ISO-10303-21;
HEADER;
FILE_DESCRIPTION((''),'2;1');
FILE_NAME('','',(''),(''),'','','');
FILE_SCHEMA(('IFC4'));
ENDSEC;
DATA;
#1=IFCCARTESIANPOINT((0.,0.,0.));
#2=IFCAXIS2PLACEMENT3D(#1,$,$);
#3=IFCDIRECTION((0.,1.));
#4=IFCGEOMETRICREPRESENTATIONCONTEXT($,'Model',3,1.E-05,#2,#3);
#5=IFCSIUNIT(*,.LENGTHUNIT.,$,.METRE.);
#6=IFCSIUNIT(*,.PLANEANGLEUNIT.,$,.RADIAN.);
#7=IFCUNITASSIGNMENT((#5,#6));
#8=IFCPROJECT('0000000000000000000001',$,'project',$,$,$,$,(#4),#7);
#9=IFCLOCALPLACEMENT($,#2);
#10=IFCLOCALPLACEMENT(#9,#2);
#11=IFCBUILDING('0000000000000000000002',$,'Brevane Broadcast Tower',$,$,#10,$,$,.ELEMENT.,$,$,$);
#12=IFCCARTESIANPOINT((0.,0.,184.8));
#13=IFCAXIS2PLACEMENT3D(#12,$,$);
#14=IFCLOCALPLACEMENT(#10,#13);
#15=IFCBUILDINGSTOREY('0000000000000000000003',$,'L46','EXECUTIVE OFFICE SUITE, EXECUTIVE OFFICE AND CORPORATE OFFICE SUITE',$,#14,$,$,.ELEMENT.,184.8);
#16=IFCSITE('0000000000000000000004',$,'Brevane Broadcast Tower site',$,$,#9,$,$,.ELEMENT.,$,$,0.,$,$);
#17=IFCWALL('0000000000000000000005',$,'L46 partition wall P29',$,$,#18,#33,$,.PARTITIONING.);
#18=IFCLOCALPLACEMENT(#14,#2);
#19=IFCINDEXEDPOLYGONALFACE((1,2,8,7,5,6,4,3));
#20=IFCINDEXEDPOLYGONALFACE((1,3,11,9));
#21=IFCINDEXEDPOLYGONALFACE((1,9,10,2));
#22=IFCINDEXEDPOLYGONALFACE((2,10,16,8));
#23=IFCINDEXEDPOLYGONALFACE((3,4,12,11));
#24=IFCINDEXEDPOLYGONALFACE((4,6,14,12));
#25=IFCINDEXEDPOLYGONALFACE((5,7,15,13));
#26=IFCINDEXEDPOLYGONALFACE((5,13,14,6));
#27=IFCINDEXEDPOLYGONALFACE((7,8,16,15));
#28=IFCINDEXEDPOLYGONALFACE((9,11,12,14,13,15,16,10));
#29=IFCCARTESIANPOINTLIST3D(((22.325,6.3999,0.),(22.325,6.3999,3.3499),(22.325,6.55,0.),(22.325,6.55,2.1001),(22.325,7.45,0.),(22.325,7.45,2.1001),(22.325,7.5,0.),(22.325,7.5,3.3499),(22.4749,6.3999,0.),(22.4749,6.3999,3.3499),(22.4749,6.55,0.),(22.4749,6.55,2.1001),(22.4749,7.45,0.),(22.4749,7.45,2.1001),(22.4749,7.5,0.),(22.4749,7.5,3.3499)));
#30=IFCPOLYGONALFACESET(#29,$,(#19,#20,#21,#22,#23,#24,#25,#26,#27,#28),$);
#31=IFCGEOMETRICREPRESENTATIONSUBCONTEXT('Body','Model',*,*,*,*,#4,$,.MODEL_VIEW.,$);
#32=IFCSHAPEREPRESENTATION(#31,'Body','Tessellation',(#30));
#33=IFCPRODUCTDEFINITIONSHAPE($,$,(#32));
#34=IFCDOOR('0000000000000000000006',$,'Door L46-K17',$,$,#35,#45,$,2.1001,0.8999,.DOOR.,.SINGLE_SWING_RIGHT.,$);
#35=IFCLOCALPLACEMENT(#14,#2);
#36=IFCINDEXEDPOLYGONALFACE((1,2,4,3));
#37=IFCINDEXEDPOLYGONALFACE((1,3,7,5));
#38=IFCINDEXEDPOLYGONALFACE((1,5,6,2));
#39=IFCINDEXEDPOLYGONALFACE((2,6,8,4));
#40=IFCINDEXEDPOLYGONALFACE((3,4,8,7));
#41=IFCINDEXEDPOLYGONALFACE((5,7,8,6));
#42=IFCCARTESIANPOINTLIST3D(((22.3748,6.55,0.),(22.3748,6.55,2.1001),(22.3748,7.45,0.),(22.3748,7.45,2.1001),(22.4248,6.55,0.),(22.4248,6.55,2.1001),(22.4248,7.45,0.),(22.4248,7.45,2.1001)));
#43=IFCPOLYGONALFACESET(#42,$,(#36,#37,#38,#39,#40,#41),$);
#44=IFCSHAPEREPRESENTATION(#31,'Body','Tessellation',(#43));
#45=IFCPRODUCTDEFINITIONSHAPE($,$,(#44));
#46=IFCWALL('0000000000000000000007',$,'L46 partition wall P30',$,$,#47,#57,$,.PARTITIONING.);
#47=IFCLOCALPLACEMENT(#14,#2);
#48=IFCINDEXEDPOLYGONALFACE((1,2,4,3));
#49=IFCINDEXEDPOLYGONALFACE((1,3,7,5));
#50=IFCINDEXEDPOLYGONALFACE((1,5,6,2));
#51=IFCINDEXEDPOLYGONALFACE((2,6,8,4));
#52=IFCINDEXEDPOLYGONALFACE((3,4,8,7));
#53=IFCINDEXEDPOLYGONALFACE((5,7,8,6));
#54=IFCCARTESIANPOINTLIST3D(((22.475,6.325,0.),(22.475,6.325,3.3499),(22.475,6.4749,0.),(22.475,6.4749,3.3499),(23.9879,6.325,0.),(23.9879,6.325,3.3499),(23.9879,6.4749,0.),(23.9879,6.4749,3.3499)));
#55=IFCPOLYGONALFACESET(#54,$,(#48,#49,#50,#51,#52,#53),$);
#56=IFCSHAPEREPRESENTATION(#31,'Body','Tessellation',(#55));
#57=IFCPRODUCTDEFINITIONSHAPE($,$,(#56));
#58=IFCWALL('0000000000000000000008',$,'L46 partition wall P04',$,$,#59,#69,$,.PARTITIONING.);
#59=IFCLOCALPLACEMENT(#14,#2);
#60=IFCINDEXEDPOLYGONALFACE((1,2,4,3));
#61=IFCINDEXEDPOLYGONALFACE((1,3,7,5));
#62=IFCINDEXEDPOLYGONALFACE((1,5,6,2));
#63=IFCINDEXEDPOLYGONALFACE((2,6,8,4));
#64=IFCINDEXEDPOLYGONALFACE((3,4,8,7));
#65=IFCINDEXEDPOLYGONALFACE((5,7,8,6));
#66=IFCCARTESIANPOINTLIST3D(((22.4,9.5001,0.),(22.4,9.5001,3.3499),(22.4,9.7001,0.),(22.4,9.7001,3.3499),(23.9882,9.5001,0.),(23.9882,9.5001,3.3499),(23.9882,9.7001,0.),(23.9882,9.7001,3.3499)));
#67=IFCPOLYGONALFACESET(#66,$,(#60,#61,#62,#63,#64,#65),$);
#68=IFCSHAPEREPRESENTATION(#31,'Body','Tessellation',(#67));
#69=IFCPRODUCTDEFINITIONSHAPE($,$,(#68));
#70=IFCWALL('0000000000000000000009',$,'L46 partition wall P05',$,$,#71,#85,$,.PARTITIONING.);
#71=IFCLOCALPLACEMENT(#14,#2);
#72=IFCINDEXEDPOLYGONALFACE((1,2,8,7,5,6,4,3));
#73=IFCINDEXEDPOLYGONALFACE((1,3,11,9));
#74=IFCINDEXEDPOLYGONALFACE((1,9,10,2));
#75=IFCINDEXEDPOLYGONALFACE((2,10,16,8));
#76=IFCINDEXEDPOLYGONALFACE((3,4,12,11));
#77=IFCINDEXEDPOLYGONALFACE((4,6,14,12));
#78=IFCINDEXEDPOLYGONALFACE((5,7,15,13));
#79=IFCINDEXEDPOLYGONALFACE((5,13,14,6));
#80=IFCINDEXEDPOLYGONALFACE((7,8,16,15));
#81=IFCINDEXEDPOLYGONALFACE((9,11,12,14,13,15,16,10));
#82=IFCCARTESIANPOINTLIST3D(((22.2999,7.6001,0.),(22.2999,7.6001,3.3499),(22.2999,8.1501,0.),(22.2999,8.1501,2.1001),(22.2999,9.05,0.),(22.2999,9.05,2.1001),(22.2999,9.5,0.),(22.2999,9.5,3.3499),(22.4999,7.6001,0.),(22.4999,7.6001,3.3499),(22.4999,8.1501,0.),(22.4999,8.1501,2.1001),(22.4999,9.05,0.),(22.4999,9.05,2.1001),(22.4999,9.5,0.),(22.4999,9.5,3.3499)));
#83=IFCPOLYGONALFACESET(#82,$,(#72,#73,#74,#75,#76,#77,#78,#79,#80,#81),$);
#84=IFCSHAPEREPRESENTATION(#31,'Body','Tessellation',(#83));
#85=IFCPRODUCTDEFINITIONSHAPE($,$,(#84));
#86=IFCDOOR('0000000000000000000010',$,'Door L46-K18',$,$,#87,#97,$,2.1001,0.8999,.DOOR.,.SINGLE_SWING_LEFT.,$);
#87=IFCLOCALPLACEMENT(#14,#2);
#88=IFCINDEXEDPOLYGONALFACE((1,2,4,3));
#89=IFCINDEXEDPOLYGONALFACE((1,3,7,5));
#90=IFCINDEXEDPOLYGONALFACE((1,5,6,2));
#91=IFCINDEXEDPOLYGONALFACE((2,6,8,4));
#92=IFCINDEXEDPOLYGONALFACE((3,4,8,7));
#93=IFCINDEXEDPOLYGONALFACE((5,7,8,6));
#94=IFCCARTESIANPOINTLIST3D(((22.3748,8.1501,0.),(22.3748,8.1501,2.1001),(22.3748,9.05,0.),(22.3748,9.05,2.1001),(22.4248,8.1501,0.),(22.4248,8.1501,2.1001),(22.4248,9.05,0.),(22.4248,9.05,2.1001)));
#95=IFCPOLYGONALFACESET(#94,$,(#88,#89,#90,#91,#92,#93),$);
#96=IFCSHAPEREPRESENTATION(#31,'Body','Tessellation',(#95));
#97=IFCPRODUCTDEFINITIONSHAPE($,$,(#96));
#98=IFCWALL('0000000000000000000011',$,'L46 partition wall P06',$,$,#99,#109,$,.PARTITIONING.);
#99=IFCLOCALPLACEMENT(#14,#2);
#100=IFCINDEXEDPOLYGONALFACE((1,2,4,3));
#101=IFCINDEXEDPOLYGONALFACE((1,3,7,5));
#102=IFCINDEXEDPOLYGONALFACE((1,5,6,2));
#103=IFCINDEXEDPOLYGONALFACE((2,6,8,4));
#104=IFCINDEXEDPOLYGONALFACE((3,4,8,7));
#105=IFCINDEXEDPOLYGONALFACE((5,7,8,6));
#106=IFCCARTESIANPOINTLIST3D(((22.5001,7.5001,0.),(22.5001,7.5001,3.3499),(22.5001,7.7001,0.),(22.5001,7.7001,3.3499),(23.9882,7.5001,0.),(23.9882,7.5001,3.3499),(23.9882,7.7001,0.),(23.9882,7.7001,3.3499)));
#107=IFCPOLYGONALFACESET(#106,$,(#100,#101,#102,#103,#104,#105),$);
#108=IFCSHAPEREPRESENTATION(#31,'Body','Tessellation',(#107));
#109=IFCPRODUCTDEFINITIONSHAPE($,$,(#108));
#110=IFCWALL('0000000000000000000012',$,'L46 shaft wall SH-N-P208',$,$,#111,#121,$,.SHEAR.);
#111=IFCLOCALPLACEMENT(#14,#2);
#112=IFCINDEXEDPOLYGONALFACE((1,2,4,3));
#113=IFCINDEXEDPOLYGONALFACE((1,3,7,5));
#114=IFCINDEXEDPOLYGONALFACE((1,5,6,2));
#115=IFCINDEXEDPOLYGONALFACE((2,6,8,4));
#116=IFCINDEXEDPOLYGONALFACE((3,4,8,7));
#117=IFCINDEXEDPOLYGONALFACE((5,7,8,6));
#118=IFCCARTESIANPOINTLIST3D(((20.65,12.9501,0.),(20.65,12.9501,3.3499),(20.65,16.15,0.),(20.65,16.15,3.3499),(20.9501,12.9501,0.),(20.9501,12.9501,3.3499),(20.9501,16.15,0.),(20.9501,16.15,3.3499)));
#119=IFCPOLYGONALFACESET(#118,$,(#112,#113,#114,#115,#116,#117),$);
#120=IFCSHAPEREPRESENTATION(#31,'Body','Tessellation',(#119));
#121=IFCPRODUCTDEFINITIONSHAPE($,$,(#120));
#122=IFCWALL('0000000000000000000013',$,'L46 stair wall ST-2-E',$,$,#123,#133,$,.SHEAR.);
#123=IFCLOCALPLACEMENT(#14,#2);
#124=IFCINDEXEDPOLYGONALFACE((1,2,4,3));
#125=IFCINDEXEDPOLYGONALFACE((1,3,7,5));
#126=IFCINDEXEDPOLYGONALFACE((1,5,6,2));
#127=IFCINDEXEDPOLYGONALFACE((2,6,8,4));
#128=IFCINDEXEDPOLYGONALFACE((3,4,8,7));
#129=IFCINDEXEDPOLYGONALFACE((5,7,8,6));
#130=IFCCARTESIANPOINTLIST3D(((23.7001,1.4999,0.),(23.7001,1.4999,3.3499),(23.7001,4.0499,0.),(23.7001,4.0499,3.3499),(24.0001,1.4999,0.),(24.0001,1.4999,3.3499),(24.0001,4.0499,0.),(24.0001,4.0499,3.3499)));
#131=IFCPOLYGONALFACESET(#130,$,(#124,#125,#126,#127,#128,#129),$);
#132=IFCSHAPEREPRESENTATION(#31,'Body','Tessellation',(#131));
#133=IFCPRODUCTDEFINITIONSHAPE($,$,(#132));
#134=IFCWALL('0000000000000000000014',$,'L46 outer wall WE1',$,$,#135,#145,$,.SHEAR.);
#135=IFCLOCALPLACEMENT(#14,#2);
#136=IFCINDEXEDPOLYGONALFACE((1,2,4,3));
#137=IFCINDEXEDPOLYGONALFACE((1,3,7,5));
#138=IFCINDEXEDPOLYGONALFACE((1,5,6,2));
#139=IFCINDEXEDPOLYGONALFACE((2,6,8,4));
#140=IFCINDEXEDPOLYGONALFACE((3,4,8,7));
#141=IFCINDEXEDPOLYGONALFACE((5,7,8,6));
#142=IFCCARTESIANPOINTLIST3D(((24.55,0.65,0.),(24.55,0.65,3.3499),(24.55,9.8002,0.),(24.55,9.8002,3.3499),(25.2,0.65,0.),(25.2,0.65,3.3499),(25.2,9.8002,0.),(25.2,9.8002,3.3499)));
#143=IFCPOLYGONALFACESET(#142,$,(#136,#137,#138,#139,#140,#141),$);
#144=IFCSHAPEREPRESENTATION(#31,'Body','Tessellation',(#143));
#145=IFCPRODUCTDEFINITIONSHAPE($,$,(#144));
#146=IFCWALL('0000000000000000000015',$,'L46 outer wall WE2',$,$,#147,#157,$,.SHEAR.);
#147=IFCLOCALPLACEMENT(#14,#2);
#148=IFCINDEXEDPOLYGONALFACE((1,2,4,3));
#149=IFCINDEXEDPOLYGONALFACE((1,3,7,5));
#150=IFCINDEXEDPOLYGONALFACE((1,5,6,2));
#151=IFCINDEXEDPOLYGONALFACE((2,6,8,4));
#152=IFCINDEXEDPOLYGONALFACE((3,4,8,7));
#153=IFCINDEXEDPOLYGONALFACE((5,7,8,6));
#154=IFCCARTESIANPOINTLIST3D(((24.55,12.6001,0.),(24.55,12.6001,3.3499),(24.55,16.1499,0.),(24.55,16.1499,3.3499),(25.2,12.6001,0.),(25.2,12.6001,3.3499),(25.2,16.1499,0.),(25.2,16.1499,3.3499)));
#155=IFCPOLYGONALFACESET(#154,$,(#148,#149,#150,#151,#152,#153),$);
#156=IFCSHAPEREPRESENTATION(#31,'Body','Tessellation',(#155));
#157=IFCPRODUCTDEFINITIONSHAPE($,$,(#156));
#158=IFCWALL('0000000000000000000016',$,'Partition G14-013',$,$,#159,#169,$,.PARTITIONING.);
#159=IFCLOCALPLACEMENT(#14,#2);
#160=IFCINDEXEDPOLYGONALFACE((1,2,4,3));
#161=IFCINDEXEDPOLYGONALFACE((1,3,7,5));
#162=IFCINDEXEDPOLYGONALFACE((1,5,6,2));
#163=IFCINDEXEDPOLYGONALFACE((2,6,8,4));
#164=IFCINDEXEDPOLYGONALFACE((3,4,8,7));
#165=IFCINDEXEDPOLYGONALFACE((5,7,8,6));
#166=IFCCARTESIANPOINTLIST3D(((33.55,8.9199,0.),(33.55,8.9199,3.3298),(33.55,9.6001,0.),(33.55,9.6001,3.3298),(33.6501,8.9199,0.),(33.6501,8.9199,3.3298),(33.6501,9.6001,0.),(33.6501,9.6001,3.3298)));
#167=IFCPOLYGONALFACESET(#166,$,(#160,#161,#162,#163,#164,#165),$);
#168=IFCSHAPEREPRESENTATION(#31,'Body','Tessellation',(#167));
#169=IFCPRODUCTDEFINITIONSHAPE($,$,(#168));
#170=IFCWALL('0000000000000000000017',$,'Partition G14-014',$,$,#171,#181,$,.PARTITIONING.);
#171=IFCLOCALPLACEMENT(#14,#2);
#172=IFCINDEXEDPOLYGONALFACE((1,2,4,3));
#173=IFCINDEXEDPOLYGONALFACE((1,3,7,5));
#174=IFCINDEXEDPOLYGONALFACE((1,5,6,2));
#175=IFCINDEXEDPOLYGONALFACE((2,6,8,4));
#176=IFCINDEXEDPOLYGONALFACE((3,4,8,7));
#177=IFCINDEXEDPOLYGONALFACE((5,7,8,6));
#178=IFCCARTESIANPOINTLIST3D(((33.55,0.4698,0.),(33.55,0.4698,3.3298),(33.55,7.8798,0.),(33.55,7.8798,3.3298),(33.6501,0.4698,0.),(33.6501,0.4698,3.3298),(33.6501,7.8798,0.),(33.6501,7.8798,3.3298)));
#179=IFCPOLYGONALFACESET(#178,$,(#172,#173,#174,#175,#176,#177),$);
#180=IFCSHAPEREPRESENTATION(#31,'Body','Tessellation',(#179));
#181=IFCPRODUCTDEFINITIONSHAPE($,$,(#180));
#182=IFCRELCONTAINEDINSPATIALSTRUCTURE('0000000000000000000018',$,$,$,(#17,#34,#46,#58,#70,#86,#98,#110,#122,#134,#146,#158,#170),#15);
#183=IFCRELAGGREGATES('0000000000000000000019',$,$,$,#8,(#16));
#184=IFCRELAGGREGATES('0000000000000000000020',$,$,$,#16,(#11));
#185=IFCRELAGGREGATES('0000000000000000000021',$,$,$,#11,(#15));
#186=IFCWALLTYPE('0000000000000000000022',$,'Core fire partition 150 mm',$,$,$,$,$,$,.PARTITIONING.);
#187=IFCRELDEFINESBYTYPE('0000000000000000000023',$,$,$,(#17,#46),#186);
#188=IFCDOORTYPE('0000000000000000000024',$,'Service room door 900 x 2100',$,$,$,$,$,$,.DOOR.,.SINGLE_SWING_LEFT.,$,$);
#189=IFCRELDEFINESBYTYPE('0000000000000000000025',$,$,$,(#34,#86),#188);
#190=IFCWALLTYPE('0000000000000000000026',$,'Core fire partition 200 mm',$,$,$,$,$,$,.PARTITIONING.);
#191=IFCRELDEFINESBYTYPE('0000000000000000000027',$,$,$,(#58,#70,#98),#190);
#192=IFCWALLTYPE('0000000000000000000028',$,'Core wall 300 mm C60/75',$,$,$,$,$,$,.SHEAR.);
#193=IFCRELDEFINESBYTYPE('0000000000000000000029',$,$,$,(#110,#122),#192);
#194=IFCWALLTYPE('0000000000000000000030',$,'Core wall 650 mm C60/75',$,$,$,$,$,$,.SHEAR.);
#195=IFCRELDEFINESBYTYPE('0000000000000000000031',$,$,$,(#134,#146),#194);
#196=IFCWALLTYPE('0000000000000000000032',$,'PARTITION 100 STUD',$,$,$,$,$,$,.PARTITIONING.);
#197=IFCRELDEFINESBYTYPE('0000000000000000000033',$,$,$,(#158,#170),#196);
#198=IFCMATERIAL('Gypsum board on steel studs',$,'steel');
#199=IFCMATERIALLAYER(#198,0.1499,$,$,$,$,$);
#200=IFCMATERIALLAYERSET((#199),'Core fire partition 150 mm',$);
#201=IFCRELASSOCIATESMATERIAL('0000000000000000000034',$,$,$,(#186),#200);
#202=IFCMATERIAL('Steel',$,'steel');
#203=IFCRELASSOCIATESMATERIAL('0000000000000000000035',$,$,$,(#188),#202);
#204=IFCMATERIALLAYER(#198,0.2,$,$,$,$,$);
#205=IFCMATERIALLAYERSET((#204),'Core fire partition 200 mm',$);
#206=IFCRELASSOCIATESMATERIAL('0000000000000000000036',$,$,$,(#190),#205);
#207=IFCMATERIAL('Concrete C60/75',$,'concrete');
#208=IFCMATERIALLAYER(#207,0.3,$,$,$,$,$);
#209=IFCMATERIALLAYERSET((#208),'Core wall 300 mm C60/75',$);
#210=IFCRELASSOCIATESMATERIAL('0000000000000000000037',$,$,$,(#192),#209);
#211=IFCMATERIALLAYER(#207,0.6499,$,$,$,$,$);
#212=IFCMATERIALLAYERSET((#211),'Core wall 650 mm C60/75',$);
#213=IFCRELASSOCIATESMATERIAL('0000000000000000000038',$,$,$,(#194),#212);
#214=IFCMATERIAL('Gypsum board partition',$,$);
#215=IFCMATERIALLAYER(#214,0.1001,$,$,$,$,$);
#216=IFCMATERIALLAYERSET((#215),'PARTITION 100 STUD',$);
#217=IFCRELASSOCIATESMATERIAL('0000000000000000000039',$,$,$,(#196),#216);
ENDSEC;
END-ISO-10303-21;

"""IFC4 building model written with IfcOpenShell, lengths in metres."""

from ifc_helpers import new_model, si_unit, direction, frame, frame_2d, origin, place, context, subcontext, project, spatial, rectangle, extrude, material, layer, layer_set, type_object, element, fill, save


model = new_model("IFC4")

# Units and contexts
model_context = context("Model", 3, precision=1e-05, world=origin(), true_north=direction((0.0, 1.0)))
body_context = subcontext(model_context, "Body", "Model", "MODEL_VIEW")
ifc_project = project(units=[si_unit("LENGTHUNIT", "METRE"), si_unit("PLANEANGLEUNIT", "RADIAN")], contexts=[model_context])

# Site, building, storey
site_placement = place(None, origin())
site = spatial("IfcSite", under=ifc_project, at=site_placement, Name="Brevane Broadcast Tower site", CompositionType="ELEMENT", RefElevation=0.0)
building_placement = place(site_placement, origin())
building = spatial("IfcBuilding", under=site, at=building_placement, Name="Brevane Broadcast Tower", CompositionType="ELEMENT")
storey_placement = place(building_placement, frame((0.0, 0.0, 184.8)))
storey = spatial("IfcBuildingStorey", under=building, at=storey_placement, Name="L46", Description="EXECUTIVE OFFICE SUITE, EXECUTIVE OFFICE AND CORPORATE OFFICE SUITE", CompositionType="ELEMENT", Elevation=184.8)

# Shared definitions
ifc_material_1 = material(Name="Concrete C60/75", Category="concrete")

# Shared definitions
ifc_material_2 = material(Name="Gypsum board on steel studs", Category="steel")
ifc_layer_1 = layer(ifc_material_2, 0.1499)
ifc_layer_set_1 = layer_set([ifc_layer_1], Name="Core fire partition 150 mm")
wall_type_1 = type_object("IfcWallType", Name="Core fire partition 150 mm", PredefinedType="PARTITIONING", material=ifc_layer_set_1)

# Wall, opening, door
wall_1_placement = place(storey_placement, frame((22.3999, 7.5, 0.0), z_axis=(0.0, 0.0, 1.0), x_axis=(0.0, -1.0, 0.0)))
wall_1 = element("IfcWall", 1, at=wall_1_placement, inside=storey, type_object=wall_type_1, Name="L46 partition wall P29", PredefinedType="PARTITIONING", context=body_context, shape_type="SweptSolid", body=[
    extrude(rectangle(XDim=1.1001, YDim=0.1499, at=frame_2d((0.55, 0.0))), origin(), (0.0, 0.0, 1.0), 3.3499),
])
opening_1_placement = place(wall_1_placement, frame((0.05, 0.0, 0.0)))
opening_1 = element("IfcOpeningElement", 2, at=opening_1_placement, cuts=wall_1, PredefinedType="OPENING", context=body_context, shape_type="SweptSolid", body=[
    extrude(rectangle(XDim=0.8999, YDim=2.1001, at=frame_2d((0.45, 1.05))), frame((0.0, 0.085, 0.0), z_axis=(0.0, -1.0, 0.0), x_axis=(1.0, 0.0, 0.0)), (0.0, 0.0, 1.0), 0.1699),
])
ifc_material_3 = material(Name="Steel", Category="steel")
door_type_1 = type_object("IfcDoorType", Name="Service room door 900 x 2100", OperationType="SINGLE_SWING_LEFT", PredefinedType="DOOR", material=ifc_material_3)
door_1_placement = place(opening_1_placement, origin())
door_1 = element("IfcDoor", 3, at=door_1_placement, inside=storey, type_object=door_type_1, Name="Door L46-K17", OperationType="SINGLE_SWING_RIGHT", OverallHeight=2.1001, OverallWidth=0.8999, PredefinedType="DOOR", context=body_context, shape_type="SweptSolid", body=[
    extrude(rectangle(XDim=0.8999, YDim=2.1001, at=frame_2d((0.45, 1.05))), frame((0.0, 0.0249, 0.0), z_axis=(0.0, -1.0, 0.0), x_axis=(1.0, 0.0, 0.0)), (0.0, 0.0, 1.0), 0.05),
])
fill(opening_1, door_1)

# Walls
wall_2_placement = place(storey_placement, frame((22.4751, 6.3999, 0.0), z_axis=(0.0, 0.0, 1.0), x_axis=(1.0, 0.0, 0.0)))
element("IfcWall", 4, at=wall_2_placement, inside=storey, type_object=wall_type_1, Name="L46 partition wall P30", PredefinedType="PARTITIONING", context=body_context, shape_type="SweptSolid", body=[
    extrude(rectangle(XDim=1.5129, YDim=0.1499, at=frame_2d((0.7563, 0.0))), origin(), (0.0, 0.0, 1.0), 3.3499),
])
ifc_layer_2 = layer(ifc_material_2, 0.2)
ifc_layer_set_2 = layer_set([ifc_layer_2], Name="Core fire partition 200 mm")
wall_type_2 = type_object("IfcWallType", Name="Core fire partition 200 mm", PredefinedType="PARTITIONING", material=ifc_layer_set_2)
wall_3_placement = place(storey_placement, frame((23.988, 9.6001, 0.0), z_axis=(0.0, 0.0, 1.0), x_axis=(-1.0, 0.0, 0.0)))
element("IfcWall", 5, at=wall_3_placement, inside=storey, type_object=wall_type_2, Name="L46 partition wall P04", PredefinedType="PARTITIONING", context=body_context, shape_type="SweptSolid", body=[
    extrude(rectangle(XDim=1.5881, YDim=0.2, at=frame_2d((0.7939, 0.0))), origin(), (0.0, 0.0, 1.0), 3.3499),
])

# Wall, opening, door
wall_4_placement = place(storey_placement, frame((22.3999, 9.5, 0.0), z_axis=(0.0, 0.0, 1.0), x_axis=(0.0, -1.0, 0.0)))
wall_4 = element("IfcWall", 6, at=wall_4_placement, inside=storey, type_object=wall_type_2, Name="L46 partition wall P05", PredefinedType="PARTITIONING", context=body_context, shape_type="SweptSolid", body=[
    extrude(rectangle(XDim=1.8999, YDim=0.2, at=frame_2d((0.95, 0.0))), origin(), (0.0, 0.0, 1.0), 3.3499),
])
opening_2_placement = place(wall_4_placement, frame((0.45, 0.0, 0.0)))
opening_2 = element("IfcOpeningElement", 7, at=opening_2_placement, cuts=wall_4, PredefinedType="OPENING", context=body_context, shape_type="SweptSolid", body=[
    extrude(rectangle(XDim=0.8999, YDim=2.1001, at=frame_2d((0.45, 1.05))), frame((0.0, 0.1099, 0.0), z_axis=(0.0, -1.0, 0.0), x_axis=(1.0, 0.0, 0.0)), (0.0, 0.0, 1.0), 0.22),
])
door_2_placement = place(opening_2_placement, origin())
door_2 = element("IfcDoor", 8, at=door_2_placement, inside=storey, type_object=door_type_1, Name="Door L46-K18", OperationType="SINGLE_SWING_LEFT", OverallHeight=2.1001, OverallWidth=0.8999, PredefinedType="DOOR", context=body_context, shape_type="SweptSolid", body=[
    extrude(rectangle(XDim=0.8999, YDim=2.1001, at=frame_2d((0.45, 1.05))), frame((0.0, 0.0249, 0.0), z_axis=(0.0, -1.0, 0.0), x_axis=(1.0, 0.0, 0.0)), (0.0, 0.0, 1.0), 0.05),
])
fill(opening_2, door_2)

# Walls
wall_5_placement = place(storey_placement, frame((22.5, 7.6001, 0.0), z_axis=(0.0, 0.0, 1.0), x_axis=(1.0, 0.0, 0.0)))
element("IfcWall", 9, at=wall_5_placement, inside=storey, type_object=wall_type_2, Name="L46 partition wall P06", PredefinedType="PARTITIONING", context=body_context, shape_type="SweptSolid", body=[
    extrude(rectangle(XDim=1.488, YDim=0.2, at=frame_2d((0.7441, 0.0))), origin(), (0.0, 0.0, 1.0), 3.3499),
])
ifc_layer_3 = layer(ifc_material_1, 0.3)
ifc_layer_set_3 = layer_set([ifc_layer_3], Name="Core wall 300 mm C60/75")
wall_type_3 = type_object("IfcWallType", Name="Core wall 300 mm C60/75", PredefinedType="SHEAR", material=ifc_layer_set_3)
wall_6_placement = place(storey_placement, frame((20.8, 12.95, 0.0), z_axis=(0.0, 0.0, 1.0), x_axis=(0.0, 1.0, 0.0)))
element("IfcWall", 10, at=wall_6_placement, inside=storey, type_object=wall_type_3, Name="L46 shaft wall SH-N-P208", PredefinedType="SHEAR", context=body_context, shape_type="SweptSolid", body=[
    extrude(rectangle(XDim=3.2, YDim=0.3, at=frame_2d((1.6001, 0.0))), origin(), (0.0, 0.0, 1.0), 3.3499),
])
wall_7_placement = place(storey_placement, frame((23.8501, 1.5, 0.0), z_axis=(0.0, 0.0, 1.0), x_axis=(0.0, 1.0, 0.0)))
element("IfcWall", 11, at=wall_7_placement, inside=storey, type_object=wall_type_3, Name="L46 stair wall ST-2-E", PredefinedType="SHEAR", context=body_context, shape_type="SweptSolid", body=[
    extrude(rectangle(XDim=2.55, YDim=0.3, at=frame_2d((1.2749, 0.0))), origin(), (0.0, 0.0, 1.0), 3.3499),
])
ifc_layer_4 = layer(ifc_material_1, 0.6499)
ifc_layer_set_4 = layer_set([ifc_layer_4], Name="Core wall 650 mm C60/75")
wall_type_4 = type_object("IfcWallType", Name="Core wall 650 mm C60/75", PredefinedType="SHEAR", material=ifc_layer_set_4)
wall_8_placement = place(storey_placement, frame((24.875, 0.6499, 0.0), z_axis=(0.0, 0.0, 1.0), x_axis=(0.0, 1.0, 0.0)))
element("IfcWall", 12, at=wall_8_placement, inside=storey, type_object=wall_type_4, Name="L46 outer wall WE1", PredefinedType="SHEAR", context=body_context, shape_type="SweptSolid", body=[
    extrude(rectangle(XDim=9.1501, YDim=0.6499, at=frame_2d((4.5752, 0.0))), origin(), (0.0, 0.0, 1.0), 3.3499),
])
wall_9_placement = place(storey_placement, frame((24.875, 12.6001, 0.0), z_axis=(0.0, 0.0, 1.0), x_axis=(0.0, 1.0, 0.0)))
element("IfcWall", 13, at=wall_9_placement, inside=storey, type_object=wall_type_4, Name="L46 outer wall WE2", PredefinedType="SHEAR", context=body_context, shape_type="SweptSolid", body=[
    extrude(rectangle(XDim=3.5498, YDim=0.6499, at=frame_2d((1.7749, 0.0))), origin(), (0.0, 0.0, 1.0), 3.3499),
])
ifc_material_4 = material(Name="Gypsum board partition")
ifc_layer_5 = layer(ifc_material_4, 0.1001)
ifc_layer_set_5 = layer_set([ifc_layer_5], Name="PARTITION 100 STUD")
wall_type_5 = type_object("IfcWallType", Name="PARTITION 100 STUD", PredefinedType="PARTITIONING", material=ifc_layer_set_5)
wall_10_placement = place(storey_placement, frame((33.6001, 9.6001, 0.0), z_axis=(0.0, 0.0, 1.0), x_axis=(0.0, -1.0, 0.0)))
element("IfcWall", 14, at=wall_10_placement, inside=storey, type_object=wall_type_5, Name="Partition G14-013", PredefinedType="PARTITIONING", context=body_context, shape_type="SweptSolid", body=[
    extrude(rectangle(XDim=0.6802, YDim=0.1001, at=frame_2d((0.3401, 0.0))), origin(), (0.0, 0.0, 1.0), 3.3298),
])
wall_11_placement = place(storey_placement, frame((33.6001, 7.8799, 0.0), z_axis=(0.0, 0.0, 1.0), x_axis=(0.0, -1.0, 0.0)))
element("IfcWall", 15, at=wall_11_placement, inside=storey, type_object=wall_type_5, Name="Partition G14-014", PredefinedType="PARTITIONING", context=body_context, shape_type="SweptSolid", body=[
    extrude(rectangle(XDim=7.4099, YDim=0.1001, at=frame_2d((3.7051, 0.0))), origin(), (0.0, 0.0, 1.0), 3.3298),
])

save(model, "model.ifc")
